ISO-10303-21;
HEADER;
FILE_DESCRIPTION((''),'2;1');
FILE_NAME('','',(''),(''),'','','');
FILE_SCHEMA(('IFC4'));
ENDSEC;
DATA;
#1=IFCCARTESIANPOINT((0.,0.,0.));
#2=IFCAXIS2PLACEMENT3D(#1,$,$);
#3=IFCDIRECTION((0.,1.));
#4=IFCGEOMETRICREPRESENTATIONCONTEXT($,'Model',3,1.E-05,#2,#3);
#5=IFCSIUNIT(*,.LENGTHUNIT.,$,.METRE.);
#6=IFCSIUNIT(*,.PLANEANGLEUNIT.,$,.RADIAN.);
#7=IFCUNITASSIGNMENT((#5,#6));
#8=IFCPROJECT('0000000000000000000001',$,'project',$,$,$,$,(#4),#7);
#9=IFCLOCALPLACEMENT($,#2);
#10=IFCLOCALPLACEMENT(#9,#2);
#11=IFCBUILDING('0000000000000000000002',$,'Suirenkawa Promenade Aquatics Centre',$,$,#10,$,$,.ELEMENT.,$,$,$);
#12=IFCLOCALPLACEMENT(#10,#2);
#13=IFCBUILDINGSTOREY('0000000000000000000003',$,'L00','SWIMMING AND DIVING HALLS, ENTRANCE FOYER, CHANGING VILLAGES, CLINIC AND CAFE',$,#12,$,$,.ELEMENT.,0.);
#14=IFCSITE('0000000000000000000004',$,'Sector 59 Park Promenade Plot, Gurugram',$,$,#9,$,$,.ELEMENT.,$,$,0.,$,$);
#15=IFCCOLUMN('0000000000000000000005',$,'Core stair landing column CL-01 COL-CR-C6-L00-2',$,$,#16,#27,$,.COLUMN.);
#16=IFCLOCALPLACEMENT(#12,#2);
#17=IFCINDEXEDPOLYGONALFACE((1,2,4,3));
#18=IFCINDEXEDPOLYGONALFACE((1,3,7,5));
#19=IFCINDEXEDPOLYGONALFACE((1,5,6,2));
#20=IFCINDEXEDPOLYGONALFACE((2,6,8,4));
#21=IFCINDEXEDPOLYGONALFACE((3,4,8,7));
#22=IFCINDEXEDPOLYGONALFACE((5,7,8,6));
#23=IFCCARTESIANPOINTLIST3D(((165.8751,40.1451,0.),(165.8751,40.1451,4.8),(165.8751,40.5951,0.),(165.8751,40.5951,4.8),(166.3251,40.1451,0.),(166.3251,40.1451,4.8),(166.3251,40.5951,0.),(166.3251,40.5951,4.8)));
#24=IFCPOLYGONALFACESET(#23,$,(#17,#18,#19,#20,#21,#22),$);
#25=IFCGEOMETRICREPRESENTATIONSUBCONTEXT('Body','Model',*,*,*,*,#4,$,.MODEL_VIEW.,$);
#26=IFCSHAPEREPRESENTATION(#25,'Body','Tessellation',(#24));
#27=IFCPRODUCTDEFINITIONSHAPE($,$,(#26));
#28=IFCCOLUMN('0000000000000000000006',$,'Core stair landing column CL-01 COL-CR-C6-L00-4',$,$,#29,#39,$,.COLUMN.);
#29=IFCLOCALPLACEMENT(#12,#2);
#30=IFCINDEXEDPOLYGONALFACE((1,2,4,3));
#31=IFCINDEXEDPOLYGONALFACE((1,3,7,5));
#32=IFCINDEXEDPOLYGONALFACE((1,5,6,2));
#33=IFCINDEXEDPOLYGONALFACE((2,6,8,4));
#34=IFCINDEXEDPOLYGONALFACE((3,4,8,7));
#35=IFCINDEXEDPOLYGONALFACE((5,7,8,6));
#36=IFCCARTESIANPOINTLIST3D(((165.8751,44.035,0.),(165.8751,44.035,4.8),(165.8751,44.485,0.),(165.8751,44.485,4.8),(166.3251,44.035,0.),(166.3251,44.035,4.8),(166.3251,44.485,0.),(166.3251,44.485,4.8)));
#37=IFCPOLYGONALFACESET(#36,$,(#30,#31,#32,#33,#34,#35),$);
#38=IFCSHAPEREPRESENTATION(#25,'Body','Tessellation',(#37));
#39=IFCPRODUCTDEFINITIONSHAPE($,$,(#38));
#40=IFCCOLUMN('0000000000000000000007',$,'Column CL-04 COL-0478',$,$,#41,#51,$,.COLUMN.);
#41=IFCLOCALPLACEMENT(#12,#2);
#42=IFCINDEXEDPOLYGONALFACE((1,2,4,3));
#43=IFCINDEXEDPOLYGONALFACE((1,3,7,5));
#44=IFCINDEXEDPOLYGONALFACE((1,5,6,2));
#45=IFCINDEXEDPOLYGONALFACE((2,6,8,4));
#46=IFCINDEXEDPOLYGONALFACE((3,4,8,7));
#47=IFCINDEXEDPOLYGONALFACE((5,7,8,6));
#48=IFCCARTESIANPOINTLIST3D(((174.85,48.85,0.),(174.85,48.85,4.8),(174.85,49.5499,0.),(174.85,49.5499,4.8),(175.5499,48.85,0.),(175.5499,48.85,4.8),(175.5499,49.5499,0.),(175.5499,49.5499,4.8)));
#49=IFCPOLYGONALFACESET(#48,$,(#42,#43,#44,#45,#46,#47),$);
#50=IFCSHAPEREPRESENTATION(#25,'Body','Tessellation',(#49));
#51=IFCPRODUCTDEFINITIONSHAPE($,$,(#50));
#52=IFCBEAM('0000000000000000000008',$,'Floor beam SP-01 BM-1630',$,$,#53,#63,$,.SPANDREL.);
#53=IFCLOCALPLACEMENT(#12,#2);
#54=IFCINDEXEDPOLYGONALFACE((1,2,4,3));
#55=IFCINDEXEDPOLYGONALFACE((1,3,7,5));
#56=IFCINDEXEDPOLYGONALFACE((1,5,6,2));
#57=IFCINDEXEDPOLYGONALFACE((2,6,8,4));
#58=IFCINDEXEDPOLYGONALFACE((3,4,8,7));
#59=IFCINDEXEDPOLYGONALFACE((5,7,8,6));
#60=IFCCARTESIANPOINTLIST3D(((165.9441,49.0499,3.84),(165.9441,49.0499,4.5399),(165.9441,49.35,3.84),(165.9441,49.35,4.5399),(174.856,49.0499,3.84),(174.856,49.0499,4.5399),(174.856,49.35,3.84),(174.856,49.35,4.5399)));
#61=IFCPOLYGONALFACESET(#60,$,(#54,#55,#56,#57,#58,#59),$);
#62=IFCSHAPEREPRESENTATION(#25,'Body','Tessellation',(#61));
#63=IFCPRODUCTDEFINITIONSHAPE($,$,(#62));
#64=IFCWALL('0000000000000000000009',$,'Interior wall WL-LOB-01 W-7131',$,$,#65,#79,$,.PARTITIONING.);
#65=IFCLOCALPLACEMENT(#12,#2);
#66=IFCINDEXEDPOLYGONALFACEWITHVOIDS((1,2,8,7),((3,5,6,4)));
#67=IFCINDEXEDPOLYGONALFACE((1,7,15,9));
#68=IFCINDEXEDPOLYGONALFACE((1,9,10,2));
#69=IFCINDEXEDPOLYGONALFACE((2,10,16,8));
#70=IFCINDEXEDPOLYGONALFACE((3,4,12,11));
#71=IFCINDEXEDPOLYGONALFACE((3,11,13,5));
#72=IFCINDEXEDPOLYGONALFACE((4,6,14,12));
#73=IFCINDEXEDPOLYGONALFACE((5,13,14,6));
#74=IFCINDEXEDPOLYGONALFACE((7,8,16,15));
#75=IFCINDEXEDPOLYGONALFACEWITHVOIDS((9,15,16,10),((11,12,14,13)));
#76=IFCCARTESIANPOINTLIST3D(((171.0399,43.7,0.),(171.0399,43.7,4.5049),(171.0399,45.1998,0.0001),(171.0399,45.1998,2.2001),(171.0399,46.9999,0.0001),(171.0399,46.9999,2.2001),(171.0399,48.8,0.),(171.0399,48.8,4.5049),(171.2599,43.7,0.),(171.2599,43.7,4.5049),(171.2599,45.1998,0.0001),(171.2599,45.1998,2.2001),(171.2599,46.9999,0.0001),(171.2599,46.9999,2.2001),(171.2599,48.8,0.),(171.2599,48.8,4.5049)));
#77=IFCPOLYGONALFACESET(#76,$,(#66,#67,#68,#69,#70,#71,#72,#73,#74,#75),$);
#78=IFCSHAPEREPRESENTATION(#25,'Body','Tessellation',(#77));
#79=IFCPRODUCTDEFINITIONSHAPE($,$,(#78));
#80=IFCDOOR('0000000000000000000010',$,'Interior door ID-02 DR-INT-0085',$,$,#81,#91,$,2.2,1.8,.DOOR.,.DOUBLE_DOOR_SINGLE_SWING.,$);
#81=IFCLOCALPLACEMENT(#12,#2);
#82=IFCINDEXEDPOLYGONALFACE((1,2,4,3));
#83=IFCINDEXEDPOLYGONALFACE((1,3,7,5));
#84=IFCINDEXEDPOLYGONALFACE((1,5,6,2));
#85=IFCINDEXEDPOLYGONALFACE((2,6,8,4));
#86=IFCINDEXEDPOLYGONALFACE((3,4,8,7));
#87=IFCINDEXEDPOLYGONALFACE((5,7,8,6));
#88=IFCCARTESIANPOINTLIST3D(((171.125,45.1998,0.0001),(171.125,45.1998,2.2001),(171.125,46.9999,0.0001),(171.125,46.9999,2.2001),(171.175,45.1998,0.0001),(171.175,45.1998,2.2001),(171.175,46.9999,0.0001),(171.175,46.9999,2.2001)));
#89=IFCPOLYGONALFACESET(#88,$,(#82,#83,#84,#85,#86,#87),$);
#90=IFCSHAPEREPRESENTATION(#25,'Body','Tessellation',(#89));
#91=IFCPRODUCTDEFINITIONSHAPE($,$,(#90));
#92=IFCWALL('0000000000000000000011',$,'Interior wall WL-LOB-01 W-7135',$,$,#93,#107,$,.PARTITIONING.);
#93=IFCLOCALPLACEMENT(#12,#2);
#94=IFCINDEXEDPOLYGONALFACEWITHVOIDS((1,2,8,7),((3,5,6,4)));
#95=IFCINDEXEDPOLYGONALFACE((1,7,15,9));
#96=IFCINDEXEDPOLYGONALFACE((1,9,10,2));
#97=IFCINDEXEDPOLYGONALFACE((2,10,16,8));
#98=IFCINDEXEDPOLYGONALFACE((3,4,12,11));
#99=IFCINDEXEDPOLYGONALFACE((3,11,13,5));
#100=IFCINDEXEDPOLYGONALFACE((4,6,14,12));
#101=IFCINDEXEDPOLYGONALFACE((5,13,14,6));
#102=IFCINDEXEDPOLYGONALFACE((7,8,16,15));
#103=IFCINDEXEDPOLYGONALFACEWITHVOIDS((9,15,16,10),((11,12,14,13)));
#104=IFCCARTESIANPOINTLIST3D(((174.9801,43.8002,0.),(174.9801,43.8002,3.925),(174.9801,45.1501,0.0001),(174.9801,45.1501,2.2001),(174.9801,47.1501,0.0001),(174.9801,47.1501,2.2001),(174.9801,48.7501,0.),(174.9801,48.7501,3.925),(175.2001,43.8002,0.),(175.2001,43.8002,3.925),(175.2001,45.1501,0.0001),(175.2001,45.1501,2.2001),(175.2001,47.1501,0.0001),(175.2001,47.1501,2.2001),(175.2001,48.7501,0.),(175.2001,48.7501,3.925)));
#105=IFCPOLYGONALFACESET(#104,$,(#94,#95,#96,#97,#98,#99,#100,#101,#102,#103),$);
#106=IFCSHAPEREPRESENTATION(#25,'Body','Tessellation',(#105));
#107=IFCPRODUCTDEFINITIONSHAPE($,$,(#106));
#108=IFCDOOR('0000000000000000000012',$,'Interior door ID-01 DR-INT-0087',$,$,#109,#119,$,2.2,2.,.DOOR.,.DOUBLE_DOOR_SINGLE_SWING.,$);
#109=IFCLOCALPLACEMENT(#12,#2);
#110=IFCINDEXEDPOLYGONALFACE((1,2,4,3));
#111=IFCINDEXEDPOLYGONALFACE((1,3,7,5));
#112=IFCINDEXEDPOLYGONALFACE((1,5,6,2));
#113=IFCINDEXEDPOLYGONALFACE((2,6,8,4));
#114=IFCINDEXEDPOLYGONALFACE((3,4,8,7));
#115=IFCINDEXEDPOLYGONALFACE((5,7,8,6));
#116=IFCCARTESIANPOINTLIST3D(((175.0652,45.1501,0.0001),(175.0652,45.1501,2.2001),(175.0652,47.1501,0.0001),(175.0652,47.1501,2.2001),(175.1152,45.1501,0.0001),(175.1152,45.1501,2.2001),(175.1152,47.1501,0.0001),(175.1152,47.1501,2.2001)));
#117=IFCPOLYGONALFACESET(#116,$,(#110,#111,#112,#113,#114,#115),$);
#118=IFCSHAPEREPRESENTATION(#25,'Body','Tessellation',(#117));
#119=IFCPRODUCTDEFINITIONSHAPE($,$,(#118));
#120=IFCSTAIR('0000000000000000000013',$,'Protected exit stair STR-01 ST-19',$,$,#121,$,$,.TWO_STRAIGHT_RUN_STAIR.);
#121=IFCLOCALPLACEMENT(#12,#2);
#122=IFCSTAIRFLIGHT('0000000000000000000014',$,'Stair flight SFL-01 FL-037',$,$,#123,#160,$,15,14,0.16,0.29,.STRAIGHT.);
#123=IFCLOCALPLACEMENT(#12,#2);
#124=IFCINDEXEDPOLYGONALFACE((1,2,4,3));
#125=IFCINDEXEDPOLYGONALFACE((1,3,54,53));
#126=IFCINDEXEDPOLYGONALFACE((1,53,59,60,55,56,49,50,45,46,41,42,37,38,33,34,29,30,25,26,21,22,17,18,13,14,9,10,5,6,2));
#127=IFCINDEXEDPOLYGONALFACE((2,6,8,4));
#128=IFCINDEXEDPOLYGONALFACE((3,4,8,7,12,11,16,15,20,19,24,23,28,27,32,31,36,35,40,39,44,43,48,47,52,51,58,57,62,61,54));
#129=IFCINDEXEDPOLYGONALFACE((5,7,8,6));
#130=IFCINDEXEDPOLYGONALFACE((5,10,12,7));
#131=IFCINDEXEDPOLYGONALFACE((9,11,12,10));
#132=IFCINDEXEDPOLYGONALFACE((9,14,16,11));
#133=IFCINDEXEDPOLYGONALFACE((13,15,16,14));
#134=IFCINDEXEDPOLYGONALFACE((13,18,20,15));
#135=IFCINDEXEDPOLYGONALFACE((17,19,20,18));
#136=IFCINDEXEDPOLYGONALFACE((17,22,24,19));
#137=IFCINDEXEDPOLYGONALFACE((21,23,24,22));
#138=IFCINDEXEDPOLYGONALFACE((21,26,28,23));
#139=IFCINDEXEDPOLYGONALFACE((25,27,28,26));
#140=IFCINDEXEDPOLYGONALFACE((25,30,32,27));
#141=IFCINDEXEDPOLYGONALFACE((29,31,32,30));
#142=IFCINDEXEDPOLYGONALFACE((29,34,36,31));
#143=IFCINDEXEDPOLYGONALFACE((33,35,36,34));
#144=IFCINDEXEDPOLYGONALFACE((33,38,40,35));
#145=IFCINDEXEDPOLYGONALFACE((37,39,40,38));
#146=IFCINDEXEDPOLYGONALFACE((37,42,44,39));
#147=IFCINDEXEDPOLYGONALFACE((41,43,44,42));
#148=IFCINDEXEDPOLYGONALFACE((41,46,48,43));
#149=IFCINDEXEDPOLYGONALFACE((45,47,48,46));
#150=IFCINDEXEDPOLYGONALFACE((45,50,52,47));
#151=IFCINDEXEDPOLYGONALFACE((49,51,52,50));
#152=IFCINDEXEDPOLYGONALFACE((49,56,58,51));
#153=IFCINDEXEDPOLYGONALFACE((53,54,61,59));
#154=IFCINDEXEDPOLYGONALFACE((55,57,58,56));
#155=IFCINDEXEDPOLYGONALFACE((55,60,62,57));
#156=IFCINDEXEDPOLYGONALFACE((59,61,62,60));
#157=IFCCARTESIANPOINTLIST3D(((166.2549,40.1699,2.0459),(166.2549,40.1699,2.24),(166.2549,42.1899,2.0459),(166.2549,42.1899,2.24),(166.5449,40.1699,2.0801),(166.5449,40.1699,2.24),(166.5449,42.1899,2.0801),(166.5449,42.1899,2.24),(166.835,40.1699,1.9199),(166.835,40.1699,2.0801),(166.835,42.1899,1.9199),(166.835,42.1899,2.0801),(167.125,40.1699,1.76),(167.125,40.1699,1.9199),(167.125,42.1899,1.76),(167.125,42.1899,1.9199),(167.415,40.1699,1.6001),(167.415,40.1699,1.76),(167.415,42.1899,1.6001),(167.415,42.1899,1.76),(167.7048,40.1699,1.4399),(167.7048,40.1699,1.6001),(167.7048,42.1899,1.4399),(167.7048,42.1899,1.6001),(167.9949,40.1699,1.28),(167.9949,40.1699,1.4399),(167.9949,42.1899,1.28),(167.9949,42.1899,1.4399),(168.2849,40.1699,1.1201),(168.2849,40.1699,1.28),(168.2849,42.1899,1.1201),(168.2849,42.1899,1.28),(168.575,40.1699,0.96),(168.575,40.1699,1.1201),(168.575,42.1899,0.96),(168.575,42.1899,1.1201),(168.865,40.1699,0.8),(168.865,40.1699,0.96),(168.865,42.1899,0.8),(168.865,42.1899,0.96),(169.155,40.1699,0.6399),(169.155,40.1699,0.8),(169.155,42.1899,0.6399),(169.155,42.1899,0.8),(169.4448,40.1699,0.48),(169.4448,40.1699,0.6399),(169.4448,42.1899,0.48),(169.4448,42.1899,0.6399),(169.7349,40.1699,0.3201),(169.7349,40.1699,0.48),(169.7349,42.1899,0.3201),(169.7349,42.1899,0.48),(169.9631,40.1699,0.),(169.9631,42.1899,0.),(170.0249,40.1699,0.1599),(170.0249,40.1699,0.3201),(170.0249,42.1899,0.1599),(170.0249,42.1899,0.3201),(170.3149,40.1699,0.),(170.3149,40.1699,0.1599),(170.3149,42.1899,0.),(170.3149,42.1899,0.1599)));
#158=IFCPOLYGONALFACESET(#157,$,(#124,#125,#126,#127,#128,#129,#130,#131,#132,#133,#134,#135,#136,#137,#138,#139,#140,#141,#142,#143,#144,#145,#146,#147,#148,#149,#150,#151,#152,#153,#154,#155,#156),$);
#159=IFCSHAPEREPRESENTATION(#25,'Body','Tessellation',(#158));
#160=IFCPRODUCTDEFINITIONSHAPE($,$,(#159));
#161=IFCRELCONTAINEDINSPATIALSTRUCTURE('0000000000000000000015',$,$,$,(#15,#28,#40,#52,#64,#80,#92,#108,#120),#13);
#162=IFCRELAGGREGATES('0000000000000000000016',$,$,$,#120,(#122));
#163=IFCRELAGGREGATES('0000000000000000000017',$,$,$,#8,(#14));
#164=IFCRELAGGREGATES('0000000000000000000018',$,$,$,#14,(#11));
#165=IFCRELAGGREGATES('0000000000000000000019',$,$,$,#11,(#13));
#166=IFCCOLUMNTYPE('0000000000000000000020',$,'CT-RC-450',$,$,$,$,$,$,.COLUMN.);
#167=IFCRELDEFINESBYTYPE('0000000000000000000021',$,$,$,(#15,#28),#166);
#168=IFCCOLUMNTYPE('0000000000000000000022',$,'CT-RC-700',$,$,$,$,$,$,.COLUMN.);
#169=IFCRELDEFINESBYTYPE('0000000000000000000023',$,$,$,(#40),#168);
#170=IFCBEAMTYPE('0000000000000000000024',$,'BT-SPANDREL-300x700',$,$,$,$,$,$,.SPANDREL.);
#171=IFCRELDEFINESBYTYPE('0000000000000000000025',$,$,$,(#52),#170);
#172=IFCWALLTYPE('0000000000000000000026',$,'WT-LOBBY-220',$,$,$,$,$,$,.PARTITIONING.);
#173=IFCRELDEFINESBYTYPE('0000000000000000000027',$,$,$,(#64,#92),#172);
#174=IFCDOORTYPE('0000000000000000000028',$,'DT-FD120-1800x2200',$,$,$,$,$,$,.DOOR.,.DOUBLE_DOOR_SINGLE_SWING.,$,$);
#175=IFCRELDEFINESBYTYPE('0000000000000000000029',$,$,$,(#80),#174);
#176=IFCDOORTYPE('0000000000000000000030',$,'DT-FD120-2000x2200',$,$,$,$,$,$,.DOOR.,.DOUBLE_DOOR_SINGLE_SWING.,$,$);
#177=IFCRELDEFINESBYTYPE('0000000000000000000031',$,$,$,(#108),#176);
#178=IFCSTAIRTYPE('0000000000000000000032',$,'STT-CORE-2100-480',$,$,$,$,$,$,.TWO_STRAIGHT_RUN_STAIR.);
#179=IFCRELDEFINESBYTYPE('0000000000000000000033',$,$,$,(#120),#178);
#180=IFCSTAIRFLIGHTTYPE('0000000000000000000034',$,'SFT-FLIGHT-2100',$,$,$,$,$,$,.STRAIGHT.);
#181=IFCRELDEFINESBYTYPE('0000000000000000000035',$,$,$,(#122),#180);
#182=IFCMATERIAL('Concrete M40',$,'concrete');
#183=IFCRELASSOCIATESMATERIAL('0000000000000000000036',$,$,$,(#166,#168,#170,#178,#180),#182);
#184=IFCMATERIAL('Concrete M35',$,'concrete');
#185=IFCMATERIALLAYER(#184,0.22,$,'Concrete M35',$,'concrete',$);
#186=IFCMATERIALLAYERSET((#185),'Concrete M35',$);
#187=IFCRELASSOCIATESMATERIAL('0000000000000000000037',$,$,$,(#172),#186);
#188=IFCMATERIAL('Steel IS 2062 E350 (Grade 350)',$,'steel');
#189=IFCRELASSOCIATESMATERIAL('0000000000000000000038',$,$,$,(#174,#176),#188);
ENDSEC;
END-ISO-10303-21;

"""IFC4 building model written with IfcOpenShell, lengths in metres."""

from ifc_helpers import new_model, si_unit, direction, frame, frame_2d, origin, origin_2d, place, context, subcontext, project, spatial, polyline, rectangle, outline, extrude, material, layer, layer_set, material_profile, profile_set, type_object, element, fill, aggregate, save


model = new_model("IFC4")

# Units and contexts
model_context = context("Model", 3, precision=1e-05, world=origin(), true_north=direction((0.0, 1.0)))
body_context = subcontext(model_context, "Body", "Model", "MODEL_VIEW")
ifc_project = project(units=[si_unit("LENGTHUNIT", "METRE"), si_unit("PLANEANGLEUNIT", "RADIAN")], contexts=[model_context])

# Site, building, storey
site_placement = place(None, origin())
site = spatial("IfcSite", under=ifc_project, at=site_placement, Name="Sector 59 Park Promenade Plot, Gurugram", CompositionType="ELEMENT", RefElevation=0.0)
building_placement = place(site_placement, origin())
building = spatial("IfcBuilding", under=site, at=building_placement, Name="Suirenkawa Promenade Aquatics Centre", CompositionType="ELEMENT")
storey_placement = place(building_placement, origin())
storey = spatial("IfcBuildingStorey", under=building, at=storey_placement, Name="L00", Description="SWIMMING AND DIVING HALLS, ENTRANCE FOYER, CHANGING VILLAGES, CLINIC AND CAFE", CompositionType="ELEMENT", Elevation=0.0)

# Columns
ifc_material_1 = material(Name="Concrete M40", Category="concrete")
ifc_material_profile_1 = material_profile(ifc_material_1, rectangle(XDim=0.45, YDim=0.45, at=origin_2d()), Name="RC COL 450x450", Category="concrete")
ifc_profile_set_1 = profile_set([ifc_material_profile_1], Name="Concrete M40")
column_type_1 = type_object("IfcColumnType", Name="CT-RC-450", PredefinedType="COLUMN", material=ifc_profile_set_1)
for number, where, z_axis, x_axis, name in (
    (1, (166.1001, 40.3701, 0.0), (0.0, 0.0, 1.0), (1.0, 0.0, 0.0), "Core stair landing column CL-01 COL-CR-C6-L00-2"),
    (2, (166.1001, 44.26, 0.0), (0.0, 0.0, 1.0), (1.0, 0.0, 0.0), "Core stair landing column CL-01 COL-CR-C6-L00-4"),
):
    element("IfcColumn", number, at=place(storey_placement, frame(where, z_axis=z_axis, x_axis=x_axis)), inside=storey, type_object=column_type_1, Name=name, PredefinedType="COLUMN", context=body_context, shape_type="SweptSolid", body=[
        extrude(rectangle(XDim=0.45, YDim=0.45, at=origin_2d()), origin(), (0.0, 0.0, 1.0), 4.8),
    ])
ifc_material_profile_2 = material_profile(ifc_material_1, rectangle(XDim=0.7, YDim=0.7, at=origin_2d()), Name="RC COL 700x700", Category="concrete")
ifc_profile_set_2 = profile_set([ifc_material_profile_2], Name="Concrete M40")
column_type_2 = type_object("IfcColumnType", Name="CT-RC-700", PredefinedType="COLUMN", material=ifc_profile_set_2)
column_placement = place(storey_placement, frame((175.2, 49.2, 0.0), z_axis=(0.0, 0.0, 1.0), x_axis=(1.0, 0.0, 0.0)))
element("IfcColumn", 3, at=column_placement, inside=storey, type_object=column_type_2, Name="Column CL-04 COL-0478", PredefinedType="COLUMN", context=body_context, shape_type="SweptSolid", body=[
    extrude(rectangle(XDim=0.7, YDim=0.7, at=origin_2d()), origin(), (0.0, 0.0, 1.0), 4.8),
])

# Beam
ifc_material_profile_3 = material_profile(ifc_material_1, rectangle(XDim=0.3, YDim=0.7, at=origin_2d()), Name="RC SPANDREL 300x700", Category="concrete")
ifc_profile_set_3 = profile_set([ifc_material_profile_3], Name="Concrete M40")
beam_type = type_object("IfcBeamType", Name="BT-SPANDREL-300x700", PredefinedType="SPANDREL", material=ifc_profile_set_3)
beam_placement = place(storey_placement, frame((165.9441, 49.2, 4.1899), z_axis=(1.0, 0.0, 0.0), x_axis=(0.0, 1.0, 0.0)))
element("IfcBeam", 4, at=beam_placement, inside=storey, type_object=beam_type, Name="Floor beam SP-01 BM-1630", PredefinedType="SPANDREL", context=body_context, shape_type="SweptSolid", body=[
    extrude(rectangle(XDim=0.3, YDim=0.7, at=origin_2d()), origin(), (0.0, 0.0, 1.0), 8.9119),
])

# Walls, openings, doors
ifc_material_2 = material(Name="Concrete M35", Category="concrete")
ifc_layer_1 = layer(ifc_material_2, 0.22, Name="Concrete M35", Category="concrete")
ifc_layer_set_1 = layer_set([ifc_layer_1], Name="Concrete M35")
wall_type_1 = type_object("IfcWallType", Name="WT-LOBBY-220", PredefinedType="PARTITIONING", material=ifc_layer_set_1)
wall_1_placement = place(storey_placement, frame((171.1499, 43.7, 0.0), z_axis=(0.0, 0.0, 1.0), x_axis=(0.0, 1.0, 0.0)))
wall_1 = element("IfcWall", 5, at=wall_1_placement, inside=storey, type_object=wall_type_1, Name="Interior wall WL-LOB-01 W-7131", PredefinedType="PARTITIONING", context=body_context, shape_type="SweptSolid", body=[
    extrude(rectangle(XDim=5.1001, YDim=0.22, at=frame_2d((2.55, 0.0))), origin(), (0.0, 0.0, 1.0), 4.5049),
])
opening_1_placement = place(wall_1_placement, frame((1.5, 0.0, 0.0)))
opening_1 = element("IfcOpeningElement", 6, at=opening_1_placement, cuts=wall_1, PredefinedType="OPENING", context=body_context, shape_type="SweptSolid", body=[
    extrude(rectangle(XDim=1.8, YDim=2.2, at=frame_2d((0.8999, 1.1001))), frame((0.0, 0.1199, 0.0), z_axis=(0.0, -1.0, 0.0), x_axis=(1.0, 0.0, 0.0)), (0.0, 0.0, 1.0), 0.24),
])
ifc_material_3 = material(Name="Steel IS 2062 E350 (Grade 350)", Category="steel")
door_type_1 = type_object("IfcDoorType", Name="DT-FD120-1800x2200", OperationType="DOUBLE_DOOR_SINGLE_SWING", PredefinedType="DOOR", material=ifc_material_3)
door_1_placement = place(opening_1_placement, origin())
door_1 = element("IfcDoor", 7, at=door_1_placement, inside=storey, type_object=door_type_1, Name="Interior door ID-02 DR-INT-0085", OperationType="DOUBLE_DOOR_SINGLE_SWING", OverallHeight=2.2, OverallWidth=1.8, PredefinedType="DOOR", context=body_context, shape_type="SweptSolid", body=[
    extrude(rectangle(XDim=1.8, YDim=2.2, at=frame_2d((0.8999, 1.1001))), frame((0.0, 0.0249, 0.0), z_axis=(0.0, -1.0, 0.0), x_axis=(1.0, 0.0, 0.0)), (0.0, 0.0, 1.0), 0.05),
])
fill(opening_1, door_1)
wall_2_placement = place(storey_placement, frame((175.0901, 43.8, 0.0), z_axis=(0.0, 0.0, 1.0), x_axis=(0.0, 1.0, 0.0)))
wall_2 = element("IfcWall", 8, at=wall_2_placement, inside=storey, type_object=wall_type_1, Name="Interior wall WL-LOB-01 W-7135", PredefinedType="PARTITIONING", context=body_context, shape_type="SweptSolid", body=[
    extrude(rectangle(XDim=4.95, YDim=0.22, at=frame_2d((2.4751, 0.0))), origin(), (0.0, 0.0, 1.0), 3.925),
])
opening_2_placement = place(wall_2_placement, frame((1.3501, 0.0, 0.0)))
opening_2 = element("IfcOpeningElement", 9, at=opening_2_placement, cuts=wall_2, PredefinedType="OPENING", context=body_context, shape_type="SweptSolid", body=[
    extrude(rectangle(XDim=2.0, YDim=2.2, at=frame_2d((1.0, 1.1001))), frame((0.0, 0.1199, 0.0), z_axis=(0.0, -1.0, 0.0), x_axis=(1.0, 0.0, 0.0)), (0.0, 0.0, 1.0), 0.24),
])
door_type_2 = type_object("IfcDoorType", Name="DT-FD120-2000x2200", OperationType="DOUBLE_DOOR_SINGLE_SWING", PredefinedType="DOOR", material=ifc_material_3)
door_2_placement = place(opening_2_placement, origin())
door_2 = element("IfcDoor", 10, at=door_2_placement, inside=storey, type_object=door_type_2, Name="Interior door ID-01 DR-INT-0087", OperationType="DOUBLE_DOOR_SINGLE_SWING", OverallHeight=2.2, OverallWidth=2.0, PredefinedType="DOOR", context=body_context, shape_type="SweptSolid", body=[
    extrude(rectangle(XDim=2.0, YDim=2.2, at=frame_2d((1.0, 1.1001))), frame((0.0, 0.0249, 0.0), z_axis=(0.0, -1.0, 0.0), x_axis=(1.0, 0.0, 0.0)), (0.0, 0.0, 1.0), 0.05),
])
fill(opening_2, door_2)

# Stair, stair flight
stair_type = type_object("IfcStairType", Name="STT-CORE-2100-480", PredefinedType="TWO_STRAIGHT_RUN_STAIR", material=ifc_material_1)
stair_placement = place(storey_placement, origin())
stair = element("IfcStair", 11, at=stair_placement, inside=storey, type_object=stair_type, Name="Protected exit stair STR-01 ST-19", PredefinedType="TWO_STRAIGHT_RUN_STAIR")
stair_flight_type = type_object("IfcStairFlightType", Name="SFT-FLIGHT-2100", PredefinedType="STRAIGHT", material=ifc_material_1)
stair_flight_1_placement = place(storey_placement, frame((170.3149, 41.1799, 0.0), z_axis=(0.0, 0.0, 1.0), x_axis=(-1.0, 0.0, 0.0)))
stair_flight_1 = element("IfcStairFlight", 12, at=stair_flight_1_placement, type_object=stair_flight_type, Name="Stair flight SFL-01 FL-037", NumberOfRisers=15, NumberOfTreads=14, PredefinedType="STRAIGHT", RiserHeight=0.16, TreadLength=0.29, context=body_context, shape_type="SweptSolid", body=[
    extrude(outline(polyline([(0.0, 0.0), (0.0, 0.1599), (0.29, 0.1599), (0.29, 0.3201), (0.5801, 0.3201), (0.5801, 0.48), (0.8701, 0.48), (0.8701, 0.6399), (1.1599, 0.6399), (1.1599, 0.8), (1.45, 0.8), (1.45, 0.96), (1.74, 0.96), (1.74, 1.1201), (2.03, 1.1201), (2.03, 1.28), (2.3201, 1.28), (2.3201, 1.4399), (2.6101, 1.4399), (2.6101, 1.6001), (2.8999, 1.6001), (2.8999, 1.76), (3.1899, 1.76), (3.1899, 1.9199), (3.48, 1.9199), (3.48, 2.0801), (3.77, 2.0801), (3.77, 2.24), (4.0601, 2.24), (4.0601, 2.3999), (4.0601, 2.0459), (0.3518, 0.0), (0.0, 0.0)])), frame((0.0, 1.01, 0.0), z_axis=(0.0, -1.0, 0.0), x_axis=(1.0, 0.0, 0.0)), (0.0, 0.0, 1.0), 2.02),
])
aggregate(stair, [stair_flight_1])

save(model, "model.ifc")
